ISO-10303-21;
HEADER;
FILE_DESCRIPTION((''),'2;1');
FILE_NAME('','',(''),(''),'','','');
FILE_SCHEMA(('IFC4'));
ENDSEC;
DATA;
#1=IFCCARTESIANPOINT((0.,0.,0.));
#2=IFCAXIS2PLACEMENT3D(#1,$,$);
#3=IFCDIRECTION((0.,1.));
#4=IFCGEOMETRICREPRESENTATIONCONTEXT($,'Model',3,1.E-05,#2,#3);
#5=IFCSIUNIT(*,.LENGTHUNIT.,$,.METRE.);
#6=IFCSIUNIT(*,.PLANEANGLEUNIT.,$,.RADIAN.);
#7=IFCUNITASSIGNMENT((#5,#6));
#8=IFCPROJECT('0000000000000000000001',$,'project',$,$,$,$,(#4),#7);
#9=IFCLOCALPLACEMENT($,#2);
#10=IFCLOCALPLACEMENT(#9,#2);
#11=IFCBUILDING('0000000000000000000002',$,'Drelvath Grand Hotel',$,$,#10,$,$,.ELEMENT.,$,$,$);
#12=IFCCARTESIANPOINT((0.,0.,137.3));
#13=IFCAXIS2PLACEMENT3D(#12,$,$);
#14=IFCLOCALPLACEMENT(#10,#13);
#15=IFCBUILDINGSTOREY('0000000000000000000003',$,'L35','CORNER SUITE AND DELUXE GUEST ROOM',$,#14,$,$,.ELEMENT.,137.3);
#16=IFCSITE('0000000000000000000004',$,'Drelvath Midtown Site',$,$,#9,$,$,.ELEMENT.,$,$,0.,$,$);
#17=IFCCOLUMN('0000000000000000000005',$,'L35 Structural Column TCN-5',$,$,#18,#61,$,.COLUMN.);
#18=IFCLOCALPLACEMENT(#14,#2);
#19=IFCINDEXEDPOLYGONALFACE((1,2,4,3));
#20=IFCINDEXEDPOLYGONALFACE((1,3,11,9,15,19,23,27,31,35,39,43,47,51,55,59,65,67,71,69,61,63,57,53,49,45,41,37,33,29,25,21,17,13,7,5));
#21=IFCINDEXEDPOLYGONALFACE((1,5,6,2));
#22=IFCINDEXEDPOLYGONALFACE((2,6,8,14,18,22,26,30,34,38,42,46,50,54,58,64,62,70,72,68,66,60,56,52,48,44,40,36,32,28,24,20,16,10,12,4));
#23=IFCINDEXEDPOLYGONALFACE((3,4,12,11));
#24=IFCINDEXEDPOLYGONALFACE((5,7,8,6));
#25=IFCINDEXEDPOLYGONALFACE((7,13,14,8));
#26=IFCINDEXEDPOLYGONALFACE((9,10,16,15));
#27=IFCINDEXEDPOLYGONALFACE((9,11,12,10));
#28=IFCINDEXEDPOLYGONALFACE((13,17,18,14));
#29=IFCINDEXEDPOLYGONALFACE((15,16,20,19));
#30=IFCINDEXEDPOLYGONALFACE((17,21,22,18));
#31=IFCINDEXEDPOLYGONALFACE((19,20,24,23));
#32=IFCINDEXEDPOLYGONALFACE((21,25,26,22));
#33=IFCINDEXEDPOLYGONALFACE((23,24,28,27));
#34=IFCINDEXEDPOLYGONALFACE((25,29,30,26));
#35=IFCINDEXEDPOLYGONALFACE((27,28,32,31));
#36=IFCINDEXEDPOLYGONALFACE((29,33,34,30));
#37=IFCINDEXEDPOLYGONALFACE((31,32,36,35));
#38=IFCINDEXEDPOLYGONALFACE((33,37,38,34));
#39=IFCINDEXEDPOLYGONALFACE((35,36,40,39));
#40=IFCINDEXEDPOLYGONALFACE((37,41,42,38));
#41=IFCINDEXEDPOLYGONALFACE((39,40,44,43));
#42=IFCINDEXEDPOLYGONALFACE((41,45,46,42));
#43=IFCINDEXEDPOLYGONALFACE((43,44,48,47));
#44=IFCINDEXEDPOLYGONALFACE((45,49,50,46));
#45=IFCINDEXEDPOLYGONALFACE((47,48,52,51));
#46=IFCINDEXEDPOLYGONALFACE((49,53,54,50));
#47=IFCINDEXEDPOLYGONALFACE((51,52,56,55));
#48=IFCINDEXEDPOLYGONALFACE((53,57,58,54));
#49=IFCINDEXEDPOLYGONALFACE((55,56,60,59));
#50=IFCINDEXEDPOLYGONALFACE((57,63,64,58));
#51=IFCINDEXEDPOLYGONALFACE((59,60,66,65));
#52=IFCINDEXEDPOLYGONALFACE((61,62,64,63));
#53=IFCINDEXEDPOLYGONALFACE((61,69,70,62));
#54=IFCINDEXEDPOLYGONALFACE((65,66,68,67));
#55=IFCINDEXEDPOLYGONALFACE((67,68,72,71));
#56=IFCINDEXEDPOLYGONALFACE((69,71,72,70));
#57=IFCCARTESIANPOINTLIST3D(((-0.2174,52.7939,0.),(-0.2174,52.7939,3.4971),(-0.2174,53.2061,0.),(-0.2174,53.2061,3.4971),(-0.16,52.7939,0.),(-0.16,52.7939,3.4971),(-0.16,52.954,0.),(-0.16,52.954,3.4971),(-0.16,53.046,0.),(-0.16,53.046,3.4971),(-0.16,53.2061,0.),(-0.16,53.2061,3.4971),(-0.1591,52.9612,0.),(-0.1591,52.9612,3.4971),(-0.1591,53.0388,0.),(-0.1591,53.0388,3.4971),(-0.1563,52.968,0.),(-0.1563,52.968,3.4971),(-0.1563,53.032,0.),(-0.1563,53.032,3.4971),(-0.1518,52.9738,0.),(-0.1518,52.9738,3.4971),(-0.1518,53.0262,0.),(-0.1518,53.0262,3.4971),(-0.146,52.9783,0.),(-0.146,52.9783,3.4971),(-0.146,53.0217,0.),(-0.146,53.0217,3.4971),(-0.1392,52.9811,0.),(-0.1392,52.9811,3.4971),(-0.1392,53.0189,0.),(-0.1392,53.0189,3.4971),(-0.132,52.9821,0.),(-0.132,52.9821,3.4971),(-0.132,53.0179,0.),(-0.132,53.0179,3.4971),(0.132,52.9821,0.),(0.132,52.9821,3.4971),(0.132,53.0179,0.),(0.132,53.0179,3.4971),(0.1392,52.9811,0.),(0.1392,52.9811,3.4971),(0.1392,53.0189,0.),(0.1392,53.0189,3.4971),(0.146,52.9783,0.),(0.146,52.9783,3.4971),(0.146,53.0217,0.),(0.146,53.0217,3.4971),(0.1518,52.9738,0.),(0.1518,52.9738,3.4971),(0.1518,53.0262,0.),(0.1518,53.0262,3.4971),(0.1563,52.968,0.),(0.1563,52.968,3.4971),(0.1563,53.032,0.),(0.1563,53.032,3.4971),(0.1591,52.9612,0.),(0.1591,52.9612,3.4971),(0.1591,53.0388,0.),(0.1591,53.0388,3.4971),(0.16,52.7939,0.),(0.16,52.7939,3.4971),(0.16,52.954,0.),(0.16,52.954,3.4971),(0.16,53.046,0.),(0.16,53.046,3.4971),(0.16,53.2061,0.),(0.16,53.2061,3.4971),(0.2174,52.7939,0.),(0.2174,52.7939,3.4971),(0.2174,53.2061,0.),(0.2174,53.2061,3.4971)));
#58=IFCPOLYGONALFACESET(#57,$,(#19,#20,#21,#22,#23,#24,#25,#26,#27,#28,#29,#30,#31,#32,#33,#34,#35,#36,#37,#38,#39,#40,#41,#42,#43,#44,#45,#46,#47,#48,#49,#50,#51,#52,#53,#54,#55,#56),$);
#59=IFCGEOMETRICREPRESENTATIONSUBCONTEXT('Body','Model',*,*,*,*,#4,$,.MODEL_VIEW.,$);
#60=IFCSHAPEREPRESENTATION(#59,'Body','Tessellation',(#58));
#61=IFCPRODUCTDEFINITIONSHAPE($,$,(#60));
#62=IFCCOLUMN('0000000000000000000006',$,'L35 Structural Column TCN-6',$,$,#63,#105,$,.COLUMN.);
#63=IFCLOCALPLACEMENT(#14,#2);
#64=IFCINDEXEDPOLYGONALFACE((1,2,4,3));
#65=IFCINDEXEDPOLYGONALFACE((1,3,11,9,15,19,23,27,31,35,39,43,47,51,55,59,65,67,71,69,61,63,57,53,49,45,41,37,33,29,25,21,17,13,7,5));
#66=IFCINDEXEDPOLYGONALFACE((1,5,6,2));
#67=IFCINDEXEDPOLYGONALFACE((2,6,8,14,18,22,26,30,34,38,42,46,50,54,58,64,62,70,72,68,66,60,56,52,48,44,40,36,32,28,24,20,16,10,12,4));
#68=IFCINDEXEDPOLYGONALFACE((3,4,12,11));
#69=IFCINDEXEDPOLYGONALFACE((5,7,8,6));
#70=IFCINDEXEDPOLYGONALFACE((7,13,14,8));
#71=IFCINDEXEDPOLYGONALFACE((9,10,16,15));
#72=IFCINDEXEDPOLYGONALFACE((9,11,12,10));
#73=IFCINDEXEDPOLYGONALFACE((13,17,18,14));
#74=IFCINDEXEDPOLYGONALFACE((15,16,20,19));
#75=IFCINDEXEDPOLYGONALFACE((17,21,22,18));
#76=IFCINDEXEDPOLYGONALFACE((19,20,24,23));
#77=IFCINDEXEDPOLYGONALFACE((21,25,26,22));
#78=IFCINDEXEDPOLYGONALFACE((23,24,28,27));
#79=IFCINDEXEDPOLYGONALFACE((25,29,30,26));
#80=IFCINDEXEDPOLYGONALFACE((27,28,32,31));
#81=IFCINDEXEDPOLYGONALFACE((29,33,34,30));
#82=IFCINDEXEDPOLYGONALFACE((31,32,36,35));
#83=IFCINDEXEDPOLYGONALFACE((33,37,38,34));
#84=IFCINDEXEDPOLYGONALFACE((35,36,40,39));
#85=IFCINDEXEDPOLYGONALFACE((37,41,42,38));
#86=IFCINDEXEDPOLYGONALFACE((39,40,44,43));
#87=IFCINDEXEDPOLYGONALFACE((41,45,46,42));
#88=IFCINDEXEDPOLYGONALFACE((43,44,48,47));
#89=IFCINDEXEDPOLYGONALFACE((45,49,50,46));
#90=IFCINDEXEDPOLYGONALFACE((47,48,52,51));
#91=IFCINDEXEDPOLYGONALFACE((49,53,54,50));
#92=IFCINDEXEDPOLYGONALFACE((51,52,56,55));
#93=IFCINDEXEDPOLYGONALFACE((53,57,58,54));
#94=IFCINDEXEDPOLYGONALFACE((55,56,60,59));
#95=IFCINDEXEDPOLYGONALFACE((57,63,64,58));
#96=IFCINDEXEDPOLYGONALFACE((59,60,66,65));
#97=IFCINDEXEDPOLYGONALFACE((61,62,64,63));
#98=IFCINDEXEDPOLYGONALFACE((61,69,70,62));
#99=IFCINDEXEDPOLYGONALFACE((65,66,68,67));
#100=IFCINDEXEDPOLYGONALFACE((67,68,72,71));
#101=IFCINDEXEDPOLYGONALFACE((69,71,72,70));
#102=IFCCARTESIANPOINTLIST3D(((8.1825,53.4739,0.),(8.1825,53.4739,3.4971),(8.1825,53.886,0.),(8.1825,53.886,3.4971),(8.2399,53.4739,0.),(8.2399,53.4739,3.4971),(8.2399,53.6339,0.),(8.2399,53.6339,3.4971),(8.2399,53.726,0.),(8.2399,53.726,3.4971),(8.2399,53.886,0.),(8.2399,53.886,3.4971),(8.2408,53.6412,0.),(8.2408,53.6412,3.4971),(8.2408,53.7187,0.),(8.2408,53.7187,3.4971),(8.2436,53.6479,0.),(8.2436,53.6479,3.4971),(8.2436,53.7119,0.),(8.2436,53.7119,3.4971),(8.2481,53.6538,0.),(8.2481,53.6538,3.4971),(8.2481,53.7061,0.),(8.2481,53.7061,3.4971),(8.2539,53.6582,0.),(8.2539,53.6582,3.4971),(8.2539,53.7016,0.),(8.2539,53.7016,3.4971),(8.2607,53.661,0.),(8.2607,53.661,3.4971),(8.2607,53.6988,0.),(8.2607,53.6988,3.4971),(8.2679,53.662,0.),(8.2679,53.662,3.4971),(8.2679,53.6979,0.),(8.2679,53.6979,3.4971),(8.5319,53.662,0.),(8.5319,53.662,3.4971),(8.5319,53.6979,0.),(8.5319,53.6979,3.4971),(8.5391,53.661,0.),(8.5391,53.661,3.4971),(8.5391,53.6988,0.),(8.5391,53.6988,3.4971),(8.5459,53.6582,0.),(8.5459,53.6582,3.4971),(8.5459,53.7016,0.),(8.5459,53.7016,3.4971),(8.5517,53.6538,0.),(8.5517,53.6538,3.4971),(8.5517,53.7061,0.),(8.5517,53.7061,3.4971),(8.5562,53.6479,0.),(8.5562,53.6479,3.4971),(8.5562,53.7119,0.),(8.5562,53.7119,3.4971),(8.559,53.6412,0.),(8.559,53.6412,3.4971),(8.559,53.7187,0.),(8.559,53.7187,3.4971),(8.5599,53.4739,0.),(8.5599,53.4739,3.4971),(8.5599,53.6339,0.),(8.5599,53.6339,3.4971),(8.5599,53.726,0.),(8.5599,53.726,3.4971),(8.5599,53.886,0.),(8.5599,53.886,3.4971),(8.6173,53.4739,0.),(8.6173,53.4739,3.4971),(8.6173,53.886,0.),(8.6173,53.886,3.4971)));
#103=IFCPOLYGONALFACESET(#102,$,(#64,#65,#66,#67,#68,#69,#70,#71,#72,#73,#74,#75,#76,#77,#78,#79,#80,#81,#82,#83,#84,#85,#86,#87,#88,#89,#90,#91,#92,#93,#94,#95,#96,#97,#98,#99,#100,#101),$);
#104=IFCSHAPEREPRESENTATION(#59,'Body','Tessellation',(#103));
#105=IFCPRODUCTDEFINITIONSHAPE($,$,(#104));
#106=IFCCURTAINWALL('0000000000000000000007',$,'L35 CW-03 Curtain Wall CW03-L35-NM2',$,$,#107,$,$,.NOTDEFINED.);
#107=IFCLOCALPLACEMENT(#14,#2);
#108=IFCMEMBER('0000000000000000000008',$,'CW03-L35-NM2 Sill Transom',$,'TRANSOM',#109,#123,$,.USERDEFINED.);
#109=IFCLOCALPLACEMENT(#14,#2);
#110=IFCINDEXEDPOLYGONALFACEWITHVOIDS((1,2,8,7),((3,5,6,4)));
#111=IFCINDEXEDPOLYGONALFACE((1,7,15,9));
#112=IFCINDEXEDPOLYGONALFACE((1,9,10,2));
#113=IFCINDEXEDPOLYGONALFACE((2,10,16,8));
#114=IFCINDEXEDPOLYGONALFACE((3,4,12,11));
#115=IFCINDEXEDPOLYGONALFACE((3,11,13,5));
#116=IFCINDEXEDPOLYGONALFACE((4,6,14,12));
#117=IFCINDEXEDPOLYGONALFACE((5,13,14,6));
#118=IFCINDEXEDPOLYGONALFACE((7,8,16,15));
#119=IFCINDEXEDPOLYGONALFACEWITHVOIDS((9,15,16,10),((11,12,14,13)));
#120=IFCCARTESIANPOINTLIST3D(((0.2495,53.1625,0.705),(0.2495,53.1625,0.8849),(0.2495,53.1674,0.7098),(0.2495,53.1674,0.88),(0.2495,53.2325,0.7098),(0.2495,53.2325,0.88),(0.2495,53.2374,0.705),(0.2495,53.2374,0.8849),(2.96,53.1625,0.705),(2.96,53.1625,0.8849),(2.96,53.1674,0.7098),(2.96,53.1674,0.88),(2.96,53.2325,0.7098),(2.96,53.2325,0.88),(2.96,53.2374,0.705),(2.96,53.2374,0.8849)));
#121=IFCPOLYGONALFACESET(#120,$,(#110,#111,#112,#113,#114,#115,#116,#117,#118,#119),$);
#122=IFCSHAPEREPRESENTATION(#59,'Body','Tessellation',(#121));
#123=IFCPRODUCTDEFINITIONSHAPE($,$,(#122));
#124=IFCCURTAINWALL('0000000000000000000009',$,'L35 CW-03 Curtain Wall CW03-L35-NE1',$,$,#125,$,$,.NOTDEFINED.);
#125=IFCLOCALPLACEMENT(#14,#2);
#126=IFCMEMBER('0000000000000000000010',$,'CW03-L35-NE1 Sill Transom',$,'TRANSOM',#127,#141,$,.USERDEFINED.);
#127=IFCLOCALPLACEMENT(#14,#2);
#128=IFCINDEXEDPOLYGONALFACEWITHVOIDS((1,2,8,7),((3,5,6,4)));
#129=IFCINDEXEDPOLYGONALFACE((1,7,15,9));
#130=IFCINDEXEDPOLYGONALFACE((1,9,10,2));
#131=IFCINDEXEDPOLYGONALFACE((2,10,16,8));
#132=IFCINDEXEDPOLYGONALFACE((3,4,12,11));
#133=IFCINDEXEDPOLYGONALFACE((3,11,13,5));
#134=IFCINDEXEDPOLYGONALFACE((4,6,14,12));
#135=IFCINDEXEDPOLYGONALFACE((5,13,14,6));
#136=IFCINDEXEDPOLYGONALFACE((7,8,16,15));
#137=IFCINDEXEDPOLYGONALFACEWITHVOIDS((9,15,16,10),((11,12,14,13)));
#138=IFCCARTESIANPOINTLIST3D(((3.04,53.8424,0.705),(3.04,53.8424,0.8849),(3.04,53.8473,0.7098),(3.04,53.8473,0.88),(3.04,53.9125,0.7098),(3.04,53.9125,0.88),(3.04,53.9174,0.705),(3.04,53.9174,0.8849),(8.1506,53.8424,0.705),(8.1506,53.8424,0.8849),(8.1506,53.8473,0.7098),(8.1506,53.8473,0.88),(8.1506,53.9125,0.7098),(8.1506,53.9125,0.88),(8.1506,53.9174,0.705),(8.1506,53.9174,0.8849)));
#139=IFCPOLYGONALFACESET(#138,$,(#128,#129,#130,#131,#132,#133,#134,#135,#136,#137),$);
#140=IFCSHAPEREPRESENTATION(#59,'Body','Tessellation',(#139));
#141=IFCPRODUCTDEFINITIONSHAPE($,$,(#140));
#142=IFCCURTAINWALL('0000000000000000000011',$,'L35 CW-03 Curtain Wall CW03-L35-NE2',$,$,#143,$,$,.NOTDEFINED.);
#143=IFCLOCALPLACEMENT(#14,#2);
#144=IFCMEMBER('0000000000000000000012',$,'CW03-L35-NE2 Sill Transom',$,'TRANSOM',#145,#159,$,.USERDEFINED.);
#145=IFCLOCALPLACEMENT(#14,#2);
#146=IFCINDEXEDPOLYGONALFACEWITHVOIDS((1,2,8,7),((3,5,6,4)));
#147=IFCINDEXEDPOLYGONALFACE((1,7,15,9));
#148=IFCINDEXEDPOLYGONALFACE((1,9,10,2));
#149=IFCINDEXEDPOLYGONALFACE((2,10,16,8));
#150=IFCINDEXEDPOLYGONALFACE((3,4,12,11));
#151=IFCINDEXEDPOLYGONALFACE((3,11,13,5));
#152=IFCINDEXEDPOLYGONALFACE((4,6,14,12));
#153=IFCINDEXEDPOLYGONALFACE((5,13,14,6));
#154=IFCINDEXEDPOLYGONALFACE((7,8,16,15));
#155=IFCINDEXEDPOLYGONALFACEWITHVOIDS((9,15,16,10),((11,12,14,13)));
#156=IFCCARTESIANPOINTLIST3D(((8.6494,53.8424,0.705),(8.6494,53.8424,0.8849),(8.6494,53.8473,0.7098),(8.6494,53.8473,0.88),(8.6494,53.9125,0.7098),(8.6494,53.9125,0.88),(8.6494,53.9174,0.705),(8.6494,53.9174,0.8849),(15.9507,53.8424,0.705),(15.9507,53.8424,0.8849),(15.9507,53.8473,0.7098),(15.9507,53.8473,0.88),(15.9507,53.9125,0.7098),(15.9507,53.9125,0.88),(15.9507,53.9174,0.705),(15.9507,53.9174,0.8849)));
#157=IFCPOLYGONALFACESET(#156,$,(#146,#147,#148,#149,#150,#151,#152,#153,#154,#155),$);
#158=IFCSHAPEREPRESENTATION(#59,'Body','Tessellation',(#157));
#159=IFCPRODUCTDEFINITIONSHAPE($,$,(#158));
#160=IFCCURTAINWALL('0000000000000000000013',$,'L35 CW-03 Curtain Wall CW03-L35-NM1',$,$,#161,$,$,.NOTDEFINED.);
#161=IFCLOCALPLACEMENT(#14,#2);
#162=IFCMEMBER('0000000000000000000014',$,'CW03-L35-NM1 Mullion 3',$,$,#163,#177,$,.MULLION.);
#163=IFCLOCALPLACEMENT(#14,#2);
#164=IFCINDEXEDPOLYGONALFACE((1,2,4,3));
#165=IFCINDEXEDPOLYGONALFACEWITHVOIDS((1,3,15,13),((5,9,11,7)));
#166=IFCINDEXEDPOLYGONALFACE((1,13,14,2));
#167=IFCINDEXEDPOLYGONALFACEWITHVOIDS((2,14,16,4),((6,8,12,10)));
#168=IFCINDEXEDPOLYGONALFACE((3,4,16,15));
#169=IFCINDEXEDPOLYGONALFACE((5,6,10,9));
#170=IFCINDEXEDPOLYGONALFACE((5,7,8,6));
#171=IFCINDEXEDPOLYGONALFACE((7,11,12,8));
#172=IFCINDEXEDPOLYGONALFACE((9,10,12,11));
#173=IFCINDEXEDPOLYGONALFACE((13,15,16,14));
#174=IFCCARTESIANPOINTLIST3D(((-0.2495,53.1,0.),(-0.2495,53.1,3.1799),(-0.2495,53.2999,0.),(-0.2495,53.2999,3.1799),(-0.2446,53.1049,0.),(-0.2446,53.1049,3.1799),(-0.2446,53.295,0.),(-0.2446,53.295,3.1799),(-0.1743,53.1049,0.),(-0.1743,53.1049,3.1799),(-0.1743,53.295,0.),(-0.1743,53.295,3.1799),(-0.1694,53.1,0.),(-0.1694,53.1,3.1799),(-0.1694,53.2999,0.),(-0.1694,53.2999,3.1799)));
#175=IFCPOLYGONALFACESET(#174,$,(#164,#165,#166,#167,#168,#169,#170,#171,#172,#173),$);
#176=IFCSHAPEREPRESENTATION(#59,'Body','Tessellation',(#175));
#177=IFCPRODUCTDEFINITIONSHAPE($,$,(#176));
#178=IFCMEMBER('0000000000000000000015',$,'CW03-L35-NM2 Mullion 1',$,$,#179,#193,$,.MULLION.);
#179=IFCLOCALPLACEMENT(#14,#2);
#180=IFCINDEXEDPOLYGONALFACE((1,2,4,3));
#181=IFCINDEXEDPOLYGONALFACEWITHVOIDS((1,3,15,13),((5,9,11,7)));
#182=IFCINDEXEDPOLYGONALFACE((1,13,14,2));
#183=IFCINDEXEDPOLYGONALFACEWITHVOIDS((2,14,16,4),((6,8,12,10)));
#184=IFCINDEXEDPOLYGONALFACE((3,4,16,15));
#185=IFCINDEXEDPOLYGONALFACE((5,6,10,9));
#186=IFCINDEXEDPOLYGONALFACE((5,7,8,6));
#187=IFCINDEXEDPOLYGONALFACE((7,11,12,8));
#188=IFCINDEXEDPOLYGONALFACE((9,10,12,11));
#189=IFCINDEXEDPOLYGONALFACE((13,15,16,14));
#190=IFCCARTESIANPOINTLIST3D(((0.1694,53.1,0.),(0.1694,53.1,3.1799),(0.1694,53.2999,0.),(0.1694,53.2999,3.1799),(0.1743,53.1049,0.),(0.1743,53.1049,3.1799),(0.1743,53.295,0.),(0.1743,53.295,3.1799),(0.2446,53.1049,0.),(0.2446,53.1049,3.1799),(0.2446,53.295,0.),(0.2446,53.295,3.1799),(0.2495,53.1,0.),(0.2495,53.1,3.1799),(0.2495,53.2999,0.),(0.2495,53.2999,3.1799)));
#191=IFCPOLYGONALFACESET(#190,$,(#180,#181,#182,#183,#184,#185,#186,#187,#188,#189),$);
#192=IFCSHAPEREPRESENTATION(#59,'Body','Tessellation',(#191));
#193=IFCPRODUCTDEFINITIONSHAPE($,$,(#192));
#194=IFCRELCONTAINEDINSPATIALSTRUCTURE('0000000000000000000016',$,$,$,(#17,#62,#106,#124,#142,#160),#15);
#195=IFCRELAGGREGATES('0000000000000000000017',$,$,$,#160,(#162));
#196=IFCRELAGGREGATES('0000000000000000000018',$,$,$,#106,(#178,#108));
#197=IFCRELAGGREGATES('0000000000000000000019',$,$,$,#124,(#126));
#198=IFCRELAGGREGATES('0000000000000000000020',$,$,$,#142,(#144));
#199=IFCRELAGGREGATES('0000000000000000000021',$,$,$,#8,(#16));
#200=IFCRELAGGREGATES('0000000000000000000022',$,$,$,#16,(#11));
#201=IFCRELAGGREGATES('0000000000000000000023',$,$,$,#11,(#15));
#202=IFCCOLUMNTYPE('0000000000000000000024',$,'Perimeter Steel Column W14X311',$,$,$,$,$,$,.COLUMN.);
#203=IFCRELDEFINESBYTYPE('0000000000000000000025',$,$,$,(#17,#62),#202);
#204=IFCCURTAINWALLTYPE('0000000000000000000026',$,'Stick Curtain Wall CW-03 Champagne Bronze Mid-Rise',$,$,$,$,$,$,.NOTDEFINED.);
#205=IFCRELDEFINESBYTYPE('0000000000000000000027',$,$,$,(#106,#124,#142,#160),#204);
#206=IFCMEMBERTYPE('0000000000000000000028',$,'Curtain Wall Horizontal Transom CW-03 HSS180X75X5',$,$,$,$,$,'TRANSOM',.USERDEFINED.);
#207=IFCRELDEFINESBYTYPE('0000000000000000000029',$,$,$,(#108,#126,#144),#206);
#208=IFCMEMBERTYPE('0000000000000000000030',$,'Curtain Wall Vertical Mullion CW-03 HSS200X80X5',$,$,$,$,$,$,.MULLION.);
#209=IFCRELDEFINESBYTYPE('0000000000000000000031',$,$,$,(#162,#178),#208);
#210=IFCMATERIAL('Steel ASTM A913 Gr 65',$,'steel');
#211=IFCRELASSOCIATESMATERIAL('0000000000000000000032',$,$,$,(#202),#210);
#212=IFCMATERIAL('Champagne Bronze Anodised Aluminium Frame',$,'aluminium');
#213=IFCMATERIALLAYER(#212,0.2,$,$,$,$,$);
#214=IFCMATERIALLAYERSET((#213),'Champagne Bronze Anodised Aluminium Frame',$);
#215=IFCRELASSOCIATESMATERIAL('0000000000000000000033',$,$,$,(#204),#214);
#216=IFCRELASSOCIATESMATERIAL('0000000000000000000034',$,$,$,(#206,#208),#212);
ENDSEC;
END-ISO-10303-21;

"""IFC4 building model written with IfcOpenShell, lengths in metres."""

from ifc_helpers import new_model, si_unit, direction, frame, origin, origin_2d, place, context, subcontext, project, spatial, hollow_rectangle, i_section, extrude, material, layer, layer_set, material_profile, profile_set, type_object, element, aggregate, save


model = new_model("IFC4")

# Units and contexts
model_context = context("Model", 3, precision=1e-05, world=origin(), true_north=direction((0.0, 1.0)))
body_context = subcontext(model_context, "Body", "Model", "MODEL_VIEW")
ifc_project = project(units=[si_unit("LENGTHUNIT", "METRE"), si_unit("PLANEANGLEUNIT", "RADIAN")], contexts=[model_context])

# Site, building, storey
site_placement = place(None, origin())
site = spatial("IfcSite", under=ifc_project, at=site_placement, Name="Drelvath Midtown Site", CompositionType="ELEMENT", RefElevation=0.0)
building_placement = place(site_placement, origin())
building = spatial("IfcBuilding", under=site, at=building_placement, Name="Drelvath Grand Hotel", CompositionType="ELEMENT")
storey_placement = place(building_placement, frame((0.0, 0.0, 137.3)))
storey = spatial("IfcBuildingStorey", under=building, at=storey_placement, Name="L35", Description="CORNER SUITE AND DELUXE GUEST ROOM", CompositionType="ELEMENT", Elevation=137.3)

# Columns
ifc_material_1 = material(Name="Steel ASTM A913 Gr 65", Category="steel")
ifc_material_profile_1 = material_profile(ifc_material_1, i_section(OverallWidth=0.4121, OverallDepth=0.4348, WebThickness=0.0359, FlangeThickness=0.0574, FilletRadius=0.0281, at=origin_2d()), Name="W14X311")
ifc_profile_set_1 = profile_set([ifc_material_profile_1], Name="Steel ASTM A913 Gr 65")
column_type = type_object("IfcColumnType", Name="Perimeter Steel Column W14X311", PredefinedType="COLUMN", material=ifc_profile_set_1)
for number, where, z_axis, x_axis, name in (
    (1, (0.0, 53.0, 0.0), (0.0, 0.0, 1.0), (0.0, 1.0, 0.0), "L35 Structural Column TCN-5"),
    (2, (8.3999, 53.6799, 0.0), (0.0, 0.0, 1.0), (0.0, 1.0, 0.0), "L35 Structural Column TCN-6"),
):
    element("IfcColumn", number, at=place(storey_placement, frame(where, z_axis=z_axis, x_axis=x_axis)), inside=storey, type_object=column_type, Name=name, PredefinedType="COLUMN", context=body_context, shape_type="SweptSolid", body=[
        extrude(i_section(OverallWidth=0.4121, OverallDepth=0.4348, WebThickness=0.0359, FlangeThickness=0.0574, FilletRadius=0.0281, at=origin_2d()), origin(), (0.0, 0.0, 1.0), 3.4971),
    ])

# Curtain walls, members
ifc_material_2 = material(Name="Champagne Bronze Anodised Aluminium Frame", Category="aluminium")
ifc_layer_1 = layer(ifc_material_2, 0.2)
ifc_layer_set_1 = layer_set([ifc_layer_1], Name="Champagne Bronze Anodised Aluminium Frame")
curtain_wall_type = type_object("IfcCurtainWallType", Name="Stick Curtain Wall CW-03 Champagne Bronze Mid-Rise", PredefinedType="NOTDEFINED", material=ifc_layer_set_1)
curtain_wall_1_placement = place(storey_placement, origin())
curtain_wall_1 = element("IfcCurtainWall", 3, at=curtain_wall_1_placement, inside=storey, type_object=curtain_wall_type, Name="L35 CW-03 Curtain Wall CW03-L35-NM2", PredefinedType="NOTDEFINED")
ifc_material_profile_2 = material_profile(ifc_material_2, hollow_rectangle(XDim=0.075, YDim=0.1799, WallThickness=0.0049, at=origin_2d()), Name="HSS180X75X5")
ifc_profile_set_2 = profile_set([ifc_material_profile_2], Name="Champagne Bronze Anodised Aluminium Frame")
member_type_1 = type_object("IfcMemberType", Name="Curtain Wall Horizontal Transom CW-03 HSS180X75X5", ElementType="TRANSOM", PredefinedType="USERDEFINED", material=ifc_profile_set_2)
member_1_placement = place(storey_placement, frame((0.2495, 53.2, 0.7949), z_axis=(1.0, 0.0, 0.0), x_axis=(0.0, 1.0, 0.0)))
member_1 = element("IfcMember", 4, at=member_1_placement, type_object=member_type_1, Name="CW03-L35-NM2 Sill Transom", ObjectType="TRANSOM", PredefinedType="USERDEFINED", context=body_context, shape_type="SweptSolid", body=[
    extrude(hollow_rectangle(XDim=0.075, YDim=0.1799, WallThickness=0.0049, at=origin_2d()), origin(), (0.0, 0.0, 1.0), 2.7104),
])
curtain_wall_2_placement = place(storey_placement, origin())
curtain_wall_2 = element("IfcCurtainWall", 5, at=curtain_wall_2_placement, inside=storey, type_object=curtain_wall_type, Name="L35 CW-03 Curtain Wall CW03-L35-NE1", PredefinedType="NOTDEFINED")
member_2_placement = place(storey_placement, frame((3.04, 53.8799, 0.7949), z_axis=(1.0, 0.0, 0.0), x_axis=(0.0, 1.0, 0.0)))
member_2 = element("IfcMember", 6, at=member_2_placement, type_object=member_type_1, Name="CW03-L35-NE1 Sill Transom", ObjectType="TRANSOM", PredefinedType="USERDEFINED", context=body_context, shape_type="SweptSolid", body=[
    extrude(hollow_rectangle(XDim=0.075, YDim=0.1799, WallThickness=0.0049, at=origin_2d()), origin(), (0.0, 0.0, 1.0), 5.1106),
])
curtain_wall_3_placement = place(storey_placement, origin())
curtain_wall_3 = element("IfcCurtainWall", 7, at=curtain_wall_3_placement, inside=storey, type_object=curtain_wall_type, Name="L35 CW-03 Curtain Wall CW03-L35-NE2", PredefinedType="NOTDEFINED")
member_3_placement = place(storey_placement, frame((8.6494, 53.8799, 0.7949), z_axis=(1.0, 0.0, 0.0), x_axis=(0.0, 1.0, 0.0)))
member_3 = element("IfcMember", 8, at=member_3_placement, type_object=member_type_1, Name="CW03-L35-NE2 Sill Transom", ObjectType="TRANSOM", PredefinedType="USERDEFINED", context=body_context, shape_type="SweptSolid", body=[
    extrude(hollow_rectangle(XDim=0.075, YDim=0.1799, WallThickness=0.0049, at=origin_2d()), origin(), (0.0, 0.0, 1.0), 7.3013),
])
curtain_wall_4_placement = place(storey_placement, origin())
curtain_wall_4 = element("IfcCurtainWall", 9, at=curtain_wall_4_placement, inside=storey, type_object=curtain_wall_type, Name="L35 CW-03 Curtain Wall CW03-L35-NM1", PredefinedType="NOTDEFINED")
ifc_material_profile_3 = material_profile(ifc_material_2, hollow_rectangle(XDim=0.0801, YDim=0.2, WallThickness=0.0049, at=origin_2d()), Name="HSS200X80X5")
ifc_profile_set_3 = profile_set([ifc_material_profile_3], Name="Champagne Bronze Anodised Aluminium Frame")
member_type_2 = type_object("IfcMemberType", Name="Curtain Wall Vertical Mullion CW-03 HSS200X80X5", PredefinedType="MULLION", material=ifc_profile_set_3)
member_4_placement = place(storey_placement, frame((-0.2095, 53.2, 0.0), z_axis=(0.0, 0.0, 1.0), x_axis=(1.0, 0.0, 0.0)))
member_4 = element("IfcMember", 10, at=member_4_placement, type_object=member_type_2, Name="CW03-L35-NM1 Mullion 3", PredefinedType="MULLION", context=body_context, shape_type="SweptSolid", body=[
    extrude(hollow_rectangle(XDim=0.0801, YDim=0.2, WallThickness=0.0049, at=origin_2d()), origin(), (0.0, 0.0, 1.0), 3.1799),
])
aggregate(curtain_wall_4, [member_4])

# Member
member_5_placement = place(storey_placement, frame((0.2095, 53.2, 0.0), z_axis=(0.0, 0.0, 1.0), x_axis=(1.0, 0.0, 0.0)))
member_5 = element("IfcMember", 11, at=member_5_placement, type_object=member_type_2, Name="CW03-L35-NM2 Mullion 1", PredefinedType="MULLION", context=body_context, shape_type="SweptSolid", body=[
    extrude(hollow_rectangle(XDim=0.0801, YDim=0.2, WallThickness=0.0049, at=origin_2d()), origin(), (0.0, 0.0, 1.0), 3.1799),
])

aggregate(curtain_wall_1, [member_5, member_1])
aggregate(curtain_wall_2, [member_2])
aggregate(curtain_wall_3, [member_3])

save(model, "model.ifc")
